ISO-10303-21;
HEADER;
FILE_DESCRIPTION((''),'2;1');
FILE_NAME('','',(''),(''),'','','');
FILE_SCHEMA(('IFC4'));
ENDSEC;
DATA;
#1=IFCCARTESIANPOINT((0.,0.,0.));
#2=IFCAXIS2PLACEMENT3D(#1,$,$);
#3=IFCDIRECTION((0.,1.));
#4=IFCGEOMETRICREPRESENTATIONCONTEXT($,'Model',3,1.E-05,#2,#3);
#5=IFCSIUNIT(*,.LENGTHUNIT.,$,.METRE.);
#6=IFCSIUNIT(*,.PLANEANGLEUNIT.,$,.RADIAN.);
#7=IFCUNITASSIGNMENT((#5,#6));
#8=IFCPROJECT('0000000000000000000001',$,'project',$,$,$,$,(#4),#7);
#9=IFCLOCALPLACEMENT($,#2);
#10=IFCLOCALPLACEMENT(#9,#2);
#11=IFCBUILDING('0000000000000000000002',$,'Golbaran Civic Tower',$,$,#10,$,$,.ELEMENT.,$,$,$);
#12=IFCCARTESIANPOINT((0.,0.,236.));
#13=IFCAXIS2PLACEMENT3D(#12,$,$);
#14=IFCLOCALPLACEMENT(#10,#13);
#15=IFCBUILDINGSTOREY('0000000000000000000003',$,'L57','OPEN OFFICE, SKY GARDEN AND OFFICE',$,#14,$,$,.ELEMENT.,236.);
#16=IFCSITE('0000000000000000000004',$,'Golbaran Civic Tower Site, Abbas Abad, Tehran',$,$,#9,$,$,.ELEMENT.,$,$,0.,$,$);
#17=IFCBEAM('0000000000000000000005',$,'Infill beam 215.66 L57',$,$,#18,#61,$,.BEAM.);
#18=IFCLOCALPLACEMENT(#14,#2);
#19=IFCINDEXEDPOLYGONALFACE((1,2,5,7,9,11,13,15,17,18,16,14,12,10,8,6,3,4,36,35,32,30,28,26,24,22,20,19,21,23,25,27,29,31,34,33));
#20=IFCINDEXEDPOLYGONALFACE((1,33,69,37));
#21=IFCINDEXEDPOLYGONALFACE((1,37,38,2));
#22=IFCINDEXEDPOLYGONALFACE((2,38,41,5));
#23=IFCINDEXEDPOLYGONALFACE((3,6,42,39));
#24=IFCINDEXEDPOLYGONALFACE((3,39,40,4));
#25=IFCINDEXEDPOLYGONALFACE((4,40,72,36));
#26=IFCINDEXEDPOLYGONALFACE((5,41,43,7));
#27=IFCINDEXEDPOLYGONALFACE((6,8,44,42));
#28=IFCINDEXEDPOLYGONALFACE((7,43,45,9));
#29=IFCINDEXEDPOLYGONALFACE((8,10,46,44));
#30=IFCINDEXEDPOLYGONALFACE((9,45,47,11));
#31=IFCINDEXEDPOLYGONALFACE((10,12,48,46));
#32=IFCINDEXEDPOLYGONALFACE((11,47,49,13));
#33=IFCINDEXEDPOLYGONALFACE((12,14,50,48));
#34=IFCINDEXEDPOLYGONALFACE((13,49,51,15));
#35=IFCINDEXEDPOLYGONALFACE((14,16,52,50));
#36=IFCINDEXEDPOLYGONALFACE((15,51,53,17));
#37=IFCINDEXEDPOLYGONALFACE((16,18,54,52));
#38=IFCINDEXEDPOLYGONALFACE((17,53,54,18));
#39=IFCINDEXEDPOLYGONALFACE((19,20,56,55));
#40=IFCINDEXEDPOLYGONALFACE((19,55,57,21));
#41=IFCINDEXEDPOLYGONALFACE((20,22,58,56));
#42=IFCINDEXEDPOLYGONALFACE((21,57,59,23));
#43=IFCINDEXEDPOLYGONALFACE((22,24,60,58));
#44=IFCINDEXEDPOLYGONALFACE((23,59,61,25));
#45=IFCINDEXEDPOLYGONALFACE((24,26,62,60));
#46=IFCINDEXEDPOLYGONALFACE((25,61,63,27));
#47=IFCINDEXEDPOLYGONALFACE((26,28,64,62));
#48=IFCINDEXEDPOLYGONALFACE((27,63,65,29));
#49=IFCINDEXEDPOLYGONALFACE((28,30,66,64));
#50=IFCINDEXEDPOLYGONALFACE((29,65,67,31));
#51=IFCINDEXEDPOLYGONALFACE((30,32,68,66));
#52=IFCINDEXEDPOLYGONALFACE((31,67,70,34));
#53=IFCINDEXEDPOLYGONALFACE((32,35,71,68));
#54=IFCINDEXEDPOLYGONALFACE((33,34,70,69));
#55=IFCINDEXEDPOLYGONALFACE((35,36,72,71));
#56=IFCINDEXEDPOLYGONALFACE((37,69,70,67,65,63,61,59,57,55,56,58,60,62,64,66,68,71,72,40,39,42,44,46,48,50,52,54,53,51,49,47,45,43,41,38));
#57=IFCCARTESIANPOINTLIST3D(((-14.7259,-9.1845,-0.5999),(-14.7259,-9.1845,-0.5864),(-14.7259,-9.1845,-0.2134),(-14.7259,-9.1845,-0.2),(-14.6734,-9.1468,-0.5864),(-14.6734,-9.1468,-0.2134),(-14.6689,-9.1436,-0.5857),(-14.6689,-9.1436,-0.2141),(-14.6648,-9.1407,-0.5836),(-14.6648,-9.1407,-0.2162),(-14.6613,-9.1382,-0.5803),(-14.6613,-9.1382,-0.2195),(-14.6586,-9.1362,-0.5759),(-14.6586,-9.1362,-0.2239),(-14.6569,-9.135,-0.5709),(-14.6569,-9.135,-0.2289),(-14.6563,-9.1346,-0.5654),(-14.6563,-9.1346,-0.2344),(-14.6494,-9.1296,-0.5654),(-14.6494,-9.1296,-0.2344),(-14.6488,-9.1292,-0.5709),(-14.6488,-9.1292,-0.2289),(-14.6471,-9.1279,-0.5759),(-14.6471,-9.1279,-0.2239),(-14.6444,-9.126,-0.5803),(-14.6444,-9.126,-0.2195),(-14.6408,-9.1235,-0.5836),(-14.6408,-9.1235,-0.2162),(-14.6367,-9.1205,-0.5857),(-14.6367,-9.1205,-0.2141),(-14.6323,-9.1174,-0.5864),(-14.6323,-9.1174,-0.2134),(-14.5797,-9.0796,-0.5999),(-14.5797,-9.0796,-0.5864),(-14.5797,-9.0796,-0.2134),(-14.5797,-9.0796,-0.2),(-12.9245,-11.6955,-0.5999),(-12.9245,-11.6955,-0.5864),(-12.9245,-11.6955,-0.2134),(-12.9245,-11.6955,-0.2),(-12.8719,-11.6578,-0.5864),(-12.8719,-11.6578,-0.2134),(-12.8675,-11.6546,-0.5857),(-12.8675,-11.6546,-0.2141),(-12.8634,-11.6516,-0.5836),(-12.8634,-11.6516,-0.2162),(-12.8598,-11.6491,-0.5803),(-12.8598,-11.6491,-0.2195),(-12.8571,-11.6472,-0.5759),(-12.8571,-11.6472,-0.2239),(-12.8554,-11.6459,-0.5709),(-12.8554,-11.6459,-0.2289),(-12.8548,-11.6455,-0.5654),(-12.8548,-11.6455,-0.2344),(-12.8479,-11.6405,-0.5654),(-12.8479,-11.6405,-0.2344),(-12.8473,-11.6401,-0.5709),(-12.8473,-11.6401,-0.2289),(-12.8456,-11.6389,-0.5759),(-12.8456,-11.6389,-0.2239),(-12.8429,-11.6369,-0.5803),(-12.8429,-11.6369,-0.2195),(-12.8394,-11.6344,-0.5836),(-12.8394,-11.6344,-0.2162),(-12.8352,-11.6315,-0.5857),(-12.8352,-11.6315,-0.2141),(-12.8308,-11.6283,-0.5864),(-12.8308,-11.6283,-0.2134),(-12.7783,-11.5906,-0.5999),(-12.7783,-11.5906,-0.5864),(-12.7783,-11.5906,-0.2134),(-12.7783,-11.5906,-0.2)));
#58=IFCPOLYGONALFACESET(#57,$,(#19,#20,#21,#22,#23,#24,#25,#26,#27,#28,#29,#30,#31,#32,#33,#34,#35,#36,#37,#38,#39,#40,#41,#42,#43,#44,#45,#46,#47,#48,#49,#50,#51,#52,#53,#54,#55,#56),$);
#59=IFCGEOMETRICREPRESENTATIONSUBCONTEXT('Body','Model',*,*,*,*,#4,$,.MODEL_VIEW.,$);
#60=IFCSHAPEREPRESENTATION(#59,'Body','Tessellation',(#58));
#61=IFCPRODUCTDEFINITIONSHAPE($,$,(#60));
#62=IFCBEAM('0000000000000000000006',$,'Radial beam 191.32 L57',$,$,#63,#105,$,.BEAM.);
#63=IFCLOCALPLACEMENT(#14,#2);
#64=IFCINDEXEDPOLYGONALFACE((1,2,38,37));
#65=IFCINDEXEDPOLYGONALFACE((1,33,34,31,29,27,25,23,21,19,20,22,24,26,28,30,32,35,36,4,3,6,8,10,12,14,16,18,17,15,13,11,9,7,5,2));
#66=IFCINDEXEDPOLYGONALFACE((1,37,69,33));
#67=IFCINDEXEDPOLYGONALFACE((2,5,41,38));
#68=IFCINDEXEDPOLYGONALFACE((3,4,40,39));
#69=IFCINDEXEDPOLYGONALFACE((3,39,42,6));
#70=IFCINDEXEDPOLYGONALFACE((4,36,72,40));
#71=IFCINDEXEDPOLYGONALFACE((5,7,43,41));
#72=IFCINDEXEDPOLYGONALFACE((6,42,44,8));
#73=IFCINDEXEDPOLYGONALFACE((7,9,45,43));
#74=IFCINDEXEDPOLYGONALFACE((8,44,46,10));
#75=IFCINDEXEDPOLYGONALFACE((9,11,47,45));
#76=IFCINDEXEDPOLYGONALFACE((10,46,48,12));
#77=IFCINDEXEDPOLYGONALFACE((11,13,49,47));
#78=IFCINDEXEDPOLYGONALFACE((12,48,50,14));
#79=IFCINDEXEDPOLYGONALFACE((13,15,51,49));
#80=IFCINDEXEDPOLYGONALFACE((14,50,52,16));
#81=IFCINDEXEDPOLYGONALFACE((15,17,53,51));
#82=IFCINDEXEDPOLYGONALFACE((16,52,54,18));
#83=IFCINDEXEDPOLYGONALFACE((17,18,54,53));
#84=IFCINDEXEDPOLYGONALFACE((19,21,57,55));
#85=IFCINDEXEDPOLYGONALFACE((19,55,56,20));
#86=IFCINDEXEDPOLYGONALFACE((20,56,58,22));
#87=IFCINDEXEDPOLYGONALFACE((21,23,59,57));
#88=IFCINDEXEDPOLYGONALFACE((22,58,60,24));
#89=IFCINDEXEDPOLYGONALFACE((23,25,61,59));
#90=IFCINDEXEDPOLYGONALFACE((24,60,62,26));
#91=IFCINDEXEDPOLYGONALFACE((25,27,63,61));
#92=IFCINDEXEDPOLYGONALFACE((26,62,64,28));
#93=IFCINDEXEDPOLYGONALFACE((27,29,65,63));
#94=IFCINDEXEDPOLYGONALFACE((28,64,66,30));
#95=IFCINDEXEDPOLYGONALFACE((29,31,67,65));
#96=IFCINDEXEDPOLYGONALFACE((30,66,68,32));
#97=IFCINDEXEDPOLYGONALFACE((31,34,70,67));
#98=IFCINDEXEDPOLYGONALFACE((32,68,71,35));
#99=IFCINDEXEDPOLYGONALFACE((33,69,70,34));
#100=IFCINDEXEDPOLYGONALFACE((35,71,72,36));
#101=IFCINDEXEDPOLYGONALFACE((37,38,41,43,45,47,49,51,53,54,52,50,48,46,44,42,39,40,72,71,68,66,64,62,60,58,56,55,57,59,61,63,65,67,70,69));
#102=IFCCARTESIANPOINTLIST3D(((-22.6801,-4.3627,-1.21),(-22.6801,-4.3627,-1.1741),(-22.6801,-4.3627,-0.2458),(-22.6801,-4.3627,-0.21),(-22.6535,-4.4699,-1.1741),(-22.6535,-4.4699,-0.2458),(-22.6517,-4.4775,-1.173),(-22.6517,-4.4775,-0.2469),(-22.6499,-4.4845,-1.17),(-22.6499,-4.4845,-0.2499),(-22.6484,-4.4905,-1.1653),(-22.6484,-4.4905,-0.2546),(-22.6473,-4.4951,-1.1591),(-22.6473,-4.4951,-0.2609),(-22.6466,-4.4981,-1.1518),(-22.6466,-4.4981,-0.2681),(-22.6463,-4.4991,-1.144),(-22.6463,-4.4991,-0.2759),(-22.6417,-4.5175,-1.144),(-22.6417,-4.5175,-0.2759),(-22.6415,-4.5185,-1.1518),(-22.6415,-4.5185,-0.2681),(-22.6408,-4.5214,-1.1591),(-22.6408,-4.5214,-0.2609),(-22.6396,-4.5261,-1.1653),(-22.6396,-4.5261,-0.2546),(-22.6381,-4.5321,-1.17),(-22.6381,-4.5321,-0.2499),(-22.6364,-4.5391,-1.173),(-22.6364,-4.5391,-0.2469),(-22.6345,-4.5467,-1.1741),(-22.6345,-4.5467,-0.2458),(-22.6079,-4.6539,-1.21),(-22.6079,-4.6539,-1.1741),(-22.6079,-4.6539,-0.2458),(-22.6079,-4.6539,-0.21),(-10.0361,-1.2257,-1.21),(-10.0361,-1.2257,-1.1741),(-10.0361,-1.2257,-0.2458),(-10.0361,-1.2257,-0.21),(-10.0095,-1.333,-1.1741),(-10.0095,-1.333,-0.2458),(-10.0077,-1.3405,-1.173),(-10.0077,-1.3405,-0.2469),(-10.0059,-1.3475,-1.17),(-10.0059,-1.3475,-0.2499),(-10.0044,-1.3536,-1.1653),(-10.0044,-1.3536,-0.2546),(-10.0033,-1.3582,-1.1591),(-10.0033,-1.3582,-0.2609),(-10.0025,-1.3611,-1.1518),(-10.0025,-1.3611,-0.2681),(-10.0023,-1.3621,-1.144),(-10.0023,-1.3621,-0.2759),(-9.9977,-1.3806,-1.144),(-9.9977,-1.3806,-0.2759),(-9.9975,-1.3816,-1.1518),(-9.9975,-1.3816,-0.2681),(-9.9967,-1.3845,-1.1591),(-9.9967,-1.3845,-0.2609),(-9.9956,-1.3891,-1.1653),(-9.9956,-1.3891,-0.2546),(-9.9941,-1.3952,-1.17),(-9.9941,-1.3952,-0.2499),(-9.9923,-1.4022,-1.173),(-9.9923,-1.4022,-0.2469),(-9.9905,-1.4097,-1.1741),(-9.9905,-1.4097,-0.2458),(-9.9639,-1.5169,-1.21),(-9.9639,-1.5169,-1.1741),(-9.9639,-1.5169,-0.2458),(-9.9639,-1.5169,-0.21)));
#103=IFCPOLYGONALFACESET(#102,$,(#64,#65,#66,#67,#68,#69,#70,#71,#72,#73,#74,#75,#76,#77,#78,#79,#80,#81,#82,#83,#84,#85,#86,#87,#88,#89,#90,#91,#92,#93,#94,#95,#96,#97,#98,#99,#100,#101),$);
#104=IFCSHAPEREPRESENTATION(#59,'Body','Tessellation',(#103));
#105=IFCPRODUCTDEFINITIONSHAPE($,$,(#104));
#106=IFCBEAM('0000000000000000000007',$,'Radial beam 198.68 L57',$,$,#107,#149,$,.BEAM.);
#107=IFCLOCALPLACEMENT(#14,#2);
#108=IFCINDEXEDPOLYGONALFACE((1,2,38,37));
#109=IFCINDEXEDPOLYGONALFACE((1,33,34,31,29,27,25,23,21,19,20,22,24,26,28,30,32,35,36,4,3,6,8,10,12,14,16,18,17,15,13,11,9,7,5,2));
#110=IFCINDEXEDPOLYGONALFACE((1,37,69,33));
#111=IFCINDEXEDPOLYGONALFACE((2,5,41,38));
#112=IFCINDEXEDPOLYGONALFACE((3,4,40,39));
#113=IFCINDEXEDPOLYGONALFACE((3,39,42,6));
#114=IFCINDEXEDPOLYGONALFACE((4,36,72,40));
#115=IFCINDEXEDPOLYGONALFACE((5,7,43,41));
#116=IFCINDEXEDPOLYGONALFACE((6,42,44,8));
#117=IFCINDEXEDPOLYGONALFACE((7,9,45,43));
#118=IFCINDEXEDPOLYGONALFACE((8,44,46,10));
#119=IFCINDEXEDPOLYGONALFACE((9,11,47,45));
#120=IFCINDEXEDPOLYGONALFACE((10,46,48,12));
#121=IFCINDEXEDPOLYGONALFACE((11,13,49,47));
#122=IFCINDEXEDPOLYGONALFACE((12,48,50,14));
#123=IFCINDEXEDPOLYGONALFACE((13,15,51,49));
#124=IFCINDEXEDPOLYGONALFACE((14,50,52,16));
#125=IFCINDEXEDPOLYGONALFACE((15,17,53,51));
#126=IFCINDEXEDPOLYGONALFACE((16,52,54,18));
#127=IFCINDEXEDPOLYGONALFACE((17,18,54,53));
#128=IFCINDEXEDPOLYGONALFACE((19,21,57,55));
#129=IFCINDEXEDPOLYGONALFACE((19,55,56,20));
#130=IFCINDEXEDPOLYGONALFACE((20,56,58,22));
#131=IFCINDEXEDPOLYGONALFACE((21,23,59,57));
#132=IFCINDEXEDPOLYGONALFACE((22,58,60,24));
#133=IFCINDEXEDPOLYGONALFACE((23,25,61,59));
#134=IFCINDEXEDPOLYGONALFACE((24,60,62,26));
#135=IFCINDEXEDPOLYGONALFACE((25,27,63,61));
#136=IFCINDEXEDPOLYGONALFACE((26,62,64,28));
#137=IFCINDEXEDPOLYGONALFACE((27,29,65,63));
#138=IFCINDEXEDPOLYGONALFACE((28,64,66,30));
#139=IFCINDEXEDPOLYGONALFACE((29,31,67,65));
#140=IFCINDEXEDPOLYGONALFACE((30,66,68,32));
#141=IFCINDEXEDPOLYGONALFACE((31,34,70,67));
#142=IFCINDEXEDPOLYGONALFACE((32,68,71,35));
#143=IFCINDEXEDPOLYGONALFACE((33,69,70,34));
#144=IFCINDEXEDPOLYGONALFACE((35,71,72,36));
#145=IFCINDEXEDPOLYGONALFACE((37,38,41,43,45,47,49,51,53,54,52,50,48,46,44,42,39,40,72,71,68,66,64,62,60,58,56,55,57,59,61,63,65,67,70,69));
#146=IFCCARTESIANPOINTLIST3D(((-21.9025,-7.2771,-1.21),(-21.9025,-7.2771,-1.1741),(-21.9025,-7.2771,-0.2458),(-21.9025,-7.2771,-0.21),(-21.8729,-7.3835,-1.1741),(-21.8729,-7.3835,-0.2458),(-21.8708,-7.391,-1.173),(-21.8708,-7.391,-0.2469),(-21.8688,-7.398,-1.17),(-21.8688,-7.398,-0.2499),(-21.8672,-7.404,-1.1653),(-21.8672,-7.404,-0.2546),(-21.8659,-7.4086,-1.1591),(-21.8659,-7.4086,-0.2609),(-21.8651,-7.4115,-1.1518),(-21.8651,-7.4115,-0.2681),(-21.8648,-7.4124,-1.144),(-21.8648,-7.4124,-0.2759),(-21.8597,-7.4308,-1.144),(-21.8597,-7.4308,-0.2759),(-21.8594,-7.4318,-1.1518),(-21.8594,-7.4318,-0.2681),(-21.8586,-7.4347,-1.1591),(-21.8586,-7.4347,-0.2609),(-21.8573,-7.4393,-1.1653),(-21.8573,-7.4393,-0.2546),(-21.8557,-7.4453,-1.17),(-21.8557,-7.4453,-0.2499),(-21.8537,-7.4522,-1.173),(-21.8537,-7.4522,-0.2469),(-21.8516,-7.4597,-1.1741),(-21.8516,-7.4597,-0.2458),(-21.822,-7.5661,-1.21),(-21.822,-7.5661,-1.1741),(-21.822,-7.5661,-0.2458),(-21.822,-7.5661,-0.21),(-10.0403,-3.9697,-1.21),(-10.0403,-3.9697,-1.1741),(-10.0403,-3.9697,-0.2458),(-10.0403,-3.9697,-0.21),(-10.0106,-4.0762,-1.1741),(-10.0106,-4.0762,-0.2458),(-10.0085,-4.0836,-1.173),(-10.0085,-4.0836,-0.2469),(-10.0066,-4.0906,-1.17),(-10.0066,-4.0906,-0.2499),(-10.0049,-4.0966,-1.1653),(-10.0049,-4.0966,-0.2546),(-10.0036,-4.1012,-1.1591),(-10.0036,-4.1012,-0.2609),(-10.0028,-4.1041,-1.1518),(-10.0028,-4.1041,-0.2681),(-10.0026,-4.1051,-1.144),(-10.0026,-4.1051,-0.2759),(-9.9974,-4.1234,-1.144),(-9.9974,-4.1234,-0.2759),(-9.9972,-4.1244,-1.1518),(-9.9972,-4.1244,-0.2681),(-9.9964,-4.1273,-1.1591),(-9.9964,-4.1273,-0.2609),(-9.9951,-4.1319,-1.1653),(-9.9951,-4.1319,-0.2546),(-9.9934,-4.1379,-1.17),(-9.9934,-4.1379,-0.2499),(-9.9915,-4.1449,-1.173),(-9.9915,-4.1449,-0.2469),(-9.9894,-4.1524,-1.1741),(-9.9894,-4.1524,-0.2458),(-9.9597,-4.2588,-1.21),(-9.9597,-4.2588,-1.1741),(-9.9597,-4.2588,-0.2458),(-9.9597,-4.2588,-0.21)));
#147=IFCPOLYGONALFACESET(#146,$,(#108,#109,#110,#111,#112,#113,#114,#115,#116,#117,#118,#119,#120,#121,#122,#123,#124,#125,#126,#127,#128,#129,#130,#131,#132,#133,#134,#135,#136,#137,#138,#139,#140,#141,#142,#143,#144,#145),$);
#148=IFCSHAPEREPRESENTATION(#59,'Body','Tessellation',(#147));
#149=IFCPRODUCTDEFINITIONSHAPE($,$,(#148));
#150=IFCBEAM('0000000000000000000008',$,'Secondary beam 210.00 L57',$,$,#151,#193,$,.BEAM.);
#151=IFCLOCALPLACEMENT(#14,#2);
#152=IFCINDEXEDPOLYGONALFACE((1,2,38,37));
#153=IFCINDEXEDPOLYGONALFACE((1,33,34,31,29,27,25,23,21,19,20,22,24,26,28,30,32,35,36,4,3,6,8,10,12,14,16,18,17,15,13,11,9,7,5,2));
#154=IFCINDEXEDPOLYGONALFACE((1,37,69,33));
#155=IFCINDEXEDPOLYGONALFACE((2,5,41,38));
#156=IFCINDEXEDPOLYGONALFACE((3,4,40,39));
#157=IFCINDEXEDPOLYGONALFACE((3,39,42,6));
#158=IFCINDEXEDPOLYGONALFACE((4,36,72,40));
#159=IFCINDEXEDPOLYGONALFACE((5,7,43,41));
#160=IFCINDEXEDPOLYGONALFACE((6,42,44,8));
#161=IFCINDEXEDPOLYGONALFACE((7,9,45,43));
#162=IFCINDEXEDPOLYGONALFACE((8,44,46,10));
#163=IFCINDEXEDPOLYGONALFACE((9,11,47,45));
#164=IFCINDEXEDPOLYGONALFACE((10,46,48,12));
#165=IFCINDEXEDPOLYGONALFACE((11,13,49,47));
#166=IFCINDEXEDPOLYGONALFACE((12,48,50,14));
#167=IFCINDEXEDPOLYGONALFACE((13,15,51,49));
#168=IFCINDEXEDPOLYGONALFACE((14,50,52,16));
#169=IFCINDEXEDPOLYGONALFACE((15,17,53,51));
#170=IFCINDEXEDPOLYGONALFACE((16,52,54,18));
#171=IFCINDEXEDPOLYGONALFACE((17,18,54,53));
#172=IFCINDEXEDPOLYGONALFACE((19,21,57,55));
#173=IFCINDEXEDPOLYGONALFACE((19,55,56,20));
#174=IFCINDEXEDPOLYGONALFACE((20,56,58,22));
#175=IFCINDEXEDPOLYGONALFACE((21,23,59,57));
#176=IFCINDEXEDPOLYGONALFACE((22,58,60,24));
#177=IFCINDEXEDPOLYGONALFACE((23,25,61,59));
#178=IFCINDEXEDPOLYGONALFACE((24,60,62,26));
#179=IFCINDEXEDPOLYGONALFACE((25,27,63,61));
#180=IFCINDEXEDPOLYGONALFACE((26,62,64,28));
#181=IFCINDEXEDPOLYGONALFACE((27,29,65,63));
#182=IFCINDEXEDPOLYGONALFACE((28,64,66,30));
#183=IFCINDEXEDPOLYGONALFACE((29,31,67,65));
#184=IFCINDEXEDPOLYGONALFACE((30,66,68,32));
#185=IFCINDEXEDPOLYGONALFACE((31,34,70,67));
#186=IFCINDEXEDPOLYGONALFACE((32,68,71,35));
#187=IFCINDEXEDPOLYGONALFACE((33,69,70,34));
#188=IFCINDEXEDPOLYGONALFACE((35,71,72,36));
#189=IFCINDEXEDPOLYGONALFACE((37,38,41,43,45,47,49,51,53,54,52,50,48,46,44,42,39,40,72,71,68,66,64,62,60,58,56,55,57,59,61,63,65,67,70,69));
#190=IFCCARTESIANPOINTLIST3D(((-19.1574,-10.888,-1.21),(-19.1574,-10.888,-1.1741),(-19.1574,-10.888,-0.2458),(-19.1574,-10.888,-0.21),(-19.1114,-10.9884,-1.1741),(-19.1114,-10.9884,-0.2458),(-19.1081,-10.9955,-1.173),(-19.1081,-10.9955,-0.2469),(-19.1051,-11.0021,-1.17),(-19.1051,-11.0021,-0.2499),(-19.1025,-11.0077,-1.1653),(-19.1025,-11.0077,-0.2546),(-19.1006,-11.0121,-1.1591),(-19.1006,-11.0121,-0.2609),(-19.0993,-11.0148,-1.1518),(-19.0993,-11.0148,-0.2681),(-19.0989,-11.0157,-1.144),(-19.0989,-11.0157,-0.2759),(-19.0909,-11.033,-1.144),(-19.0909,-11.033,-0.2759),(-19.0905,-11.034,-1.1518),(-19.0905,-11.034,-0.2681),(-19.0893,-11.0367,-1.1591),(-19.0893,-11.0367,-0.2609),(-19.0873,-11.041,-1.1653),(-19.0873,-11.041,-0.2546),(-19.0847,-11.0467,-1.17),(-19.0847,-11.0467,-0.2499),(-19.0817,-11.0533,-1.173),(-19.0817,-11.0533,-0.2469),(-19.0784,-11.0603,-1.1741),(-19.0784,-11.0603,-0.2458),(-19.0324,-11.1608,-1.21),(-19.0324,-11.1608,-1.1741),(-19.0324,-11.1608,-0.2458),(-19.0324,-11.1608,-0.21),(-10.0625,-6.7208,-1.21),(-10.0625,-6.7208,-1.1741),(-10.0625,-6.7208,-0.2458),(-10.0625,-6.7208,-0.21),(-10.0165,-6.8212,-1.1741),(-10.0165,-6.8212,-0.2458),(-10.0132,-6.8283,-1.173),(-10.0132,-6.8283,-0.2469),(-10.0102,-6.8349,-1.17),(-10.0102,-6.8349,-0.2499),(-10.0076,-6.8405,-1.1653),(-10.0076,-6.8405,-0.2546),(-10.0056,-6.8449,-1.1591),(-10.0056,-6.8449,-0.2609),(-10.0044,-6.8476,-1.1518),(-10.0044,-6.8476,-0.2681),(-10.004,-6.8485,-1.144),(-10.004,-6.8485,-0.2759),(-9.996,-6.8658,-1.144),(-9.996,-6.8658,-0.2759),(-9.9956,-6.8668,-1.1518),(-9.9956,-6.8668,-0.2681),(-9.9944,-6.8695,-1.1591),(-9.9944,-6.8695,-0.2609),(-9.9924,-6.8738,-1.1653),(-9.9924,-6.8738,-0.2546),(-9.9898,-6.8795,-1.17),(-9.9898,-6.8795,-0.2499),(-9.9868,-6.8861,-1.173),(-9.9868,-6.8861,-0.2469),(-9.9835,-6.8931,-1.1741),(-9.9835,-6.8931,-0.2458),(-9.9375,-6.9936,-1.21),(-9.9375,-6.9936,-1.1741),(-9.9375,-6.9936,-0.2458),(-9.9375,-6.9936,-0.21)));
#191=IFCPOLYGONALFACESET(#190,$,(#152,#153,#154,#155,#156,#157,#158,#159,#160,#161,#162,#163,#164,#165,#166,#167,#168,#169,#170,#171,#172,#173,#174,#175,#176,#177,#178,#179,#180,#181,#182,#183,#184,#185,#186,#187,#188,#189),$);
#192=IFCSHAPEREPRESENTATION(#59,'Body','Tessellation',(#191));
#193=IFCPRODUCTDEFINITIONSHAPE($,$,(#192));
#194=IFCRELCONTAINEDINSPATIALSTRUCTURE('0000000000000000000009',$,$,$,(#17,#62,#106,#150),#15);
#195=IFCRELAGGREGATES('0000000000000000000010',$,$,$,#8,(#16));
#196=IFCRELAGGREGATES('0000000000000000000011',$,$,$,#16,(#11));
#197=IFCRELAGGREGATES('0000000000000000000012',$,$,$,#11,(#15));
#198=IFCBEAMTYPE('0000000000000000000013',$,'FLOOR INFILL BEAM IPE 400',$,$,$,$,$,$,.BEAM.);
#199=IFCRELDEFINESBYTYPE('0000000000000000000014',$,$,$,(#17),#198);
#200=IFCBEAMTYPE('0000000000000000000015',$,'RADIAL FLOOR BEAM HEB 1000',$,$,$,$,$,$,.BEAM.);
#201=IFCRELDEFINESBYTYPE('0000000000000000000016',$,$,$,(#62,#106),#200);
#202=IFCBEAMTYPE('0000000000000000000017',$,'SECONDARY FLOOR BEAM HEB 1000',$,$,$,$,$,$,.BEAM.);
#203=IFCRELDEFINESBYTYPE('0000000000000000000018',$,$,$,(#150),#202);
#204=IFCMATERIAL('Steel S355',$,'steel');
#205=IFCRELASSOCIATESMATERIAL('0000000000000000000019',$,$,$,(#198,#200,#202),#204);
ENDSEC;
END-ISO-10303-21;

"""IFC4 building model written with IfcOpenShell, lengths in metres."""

from ifc_helpers import new_model, si_unit, direction, frame, origin, origin_2d, place, context, subcontext, project, spatial, i_section, extrude, material, material_profile, profile_set, type_object, element, save


model = new_model("IFC4")

# Units and contexts
model_context = context("Model", 3, precision=1e-05, world=origin(), true_north=direction((0.0, 1.0)))
body_context = subcontext(model_context, "Body", "Model", "MODEL_VIEW")
ifc_project = project(units=[si_unit("LENGTHUNIT", "METRE"), si_unit("PLANEANGLEUNIT", "RADIAN")], contexts=[model_context])

# Site, building, storey
site_placement = place(None, origin())
site = spatial("IfcSite", under=ifc_project, at=site_placement, Name="Golbaran Civic Tower Site, Abbas Abad, Tehran", CompositionType="ELEMENT", RefElevation=0.0)
building_placement = place(site_placement, origin())
building = spatial("IfcBuilding", under=site, at=building_placement, Name="Golbaran Civic Tower", CompositionType="ELEMENT")
storey_placement = place(building_placement, frame((0.0, 0.0, 236.0)))
storey = spatial("IfcBuildingStorey", under=building, at=storey_placement, Name="L57", Description="OPEN OFFICE, SKY GARDEN AND OFFICE", CompositionType="ELEMENT", Elevation=236.0)

# Beams
ifc_material_1 = material(Name="Steel S355", Category="steel")
ifc_material_profile_1 = material_profile(ifc_material_1, i_section(OverallWidth=0.1799, OverallDepth=0.3999, WebThickness=0.0085, FlangeThickness=0.0134, FilletRadius=0.021, at=origin_2d()), Name="IPE 400")
ifc_profile_set_1 = profile_set([ifc_material_profile_1], Name="Steel S355")
beam_type_1 = type_object("IfcBeamType", Name="FLOOR INFILL BEAM IPE 400", PredefinedType="BEAM", material=ifc_profile_set_1)
beam_1_placement = place(storey_placement, frame((-14.6528, -9.1321, -0.3999), z_axis=(0.582941, -0.812515, 0.0), x_axis=(0.812515, 0.582941, 0.0)))
element("IfcBeam", 1, at=beam_1_placement, inside=storey, type_object=beam_type_1, Name="Infill beam 215.66 L57", PredefinedType="BEAM", context=body_context, shape_type="SweptSolid", body=[
    extrude(i_section(OverallWidth=0.1799, OverallDepth=0.3999, WebThickness=0.0085, FlangeThickness=0.0134, FilletRadius=0.021, at=origin_2d()), origin(), (0.0, 0.0, 1.0), 3.0903),
])
ifc_material_profile_2 = material_profile(ifc_material_1, i_section(OverallWidth=0.3, OverallDepth=1.0, WebThickness=0.019, FlangeThickness=0.0359, FilletRadius=0.03, at=origin_2d()), Name="HEB 1000")
ifc_profile_set_2 = profile_set([ifc_material_profile_2], Name="Steel S355")
beam_type_2 = type_object("IfcBeamType", Name="RADIAL FLOOR BEAM HEB 1000", PredefinedType="BEAM", material=ifc_profile_set_2)
beam_2_placement = place(storey_placement, frame((-10.0, -1.3713, -0.71), z_axis=(-0.970575, -0.240798, 0.0), x_axis=(0.240798, -0.970575, 0.0)))
element("IfcBeam", 2, at=beam_2_placement, inside=storey, type_object=beam_type_2, Name="Radial beam 191.32 L57", PredefinedType="BEAM", context=body_context, shape_type="SweptSolid", body=[
    extrude(i_section(OverallWidth=0.3, OverallDepth=1.0, WebThickness=0.019, FlangeThickness=0.0359, FilletRadius=0.03, at=origin_2d()), origin(), (0.0, 0.0, 1.0), 13.0273),
])
beam_3_placement = place(storey_placement, frame((-10.0, -4.1143, -0.71), z_axis=(-0.96326, -0.26857, 0.0), x_axis=(0.26857, -0.96326, 0.0)))
element("IfcBeam", 3, at=beam_3_placement, inside=storey, type_object=beam_type_2, Name="Radial beam 198.68 L57", PredefinedType="BEAM", context=body_context, shape_type="SweptSolid", body=[
    extrude(i_section(OverallWidth=0.3, OverallDepth=1.0, WebThickness=0.019, FlangeThickness=0.0359, FilletRadius=0.03, at=origin_2d()), origin(), (0.0, 0.0, 1.0), 12.3147),
])
ifc_material_profile_3 = material_profile(ifc_material_1, i_section(OverallWidth=0.3, OverallDepth=1.0, WebThickness=0.019, FlangeThickness=0.0359, FilletRadius=0.03, at=origin_2d()), Name="HEB 1000")
ifc_profile_set_3 = profile_set([ifc_material_profile_3], Name="Steel S355")
beam_type_3 = type_object("IfcBeamType", Name="SECONDARY FLOOR BEAM HEB 1000", PredefinedType="BEAM", material=ifc_profile_set_3)
beam_4_placement = place(storey_placement, frame((-10.0, -6.8572, -0.71), z_axis=(-0.909114, -0.416548, 0.0), x_axis=(0.416548, -0.909114, 0.0)))
element("IfcBeam", 4, at=beam_4_placement, inside=storey, type_object=beam_type_3, Name="Secondary beam 210.00 L57", PredefinedType="BEAM", context=body_context, shape_type="SweptSolid", body=[
    extrude(i_section(OverallWidth=0.3, OverallDepth=1.0, WebThickness=0.019, FlangeThickness=0.0359, FilletRadius=0.03, at=origin_2d()), origin(), (0.0, 0.0, 1.0), 10.0042),
])

save(model, "model.ifc")
